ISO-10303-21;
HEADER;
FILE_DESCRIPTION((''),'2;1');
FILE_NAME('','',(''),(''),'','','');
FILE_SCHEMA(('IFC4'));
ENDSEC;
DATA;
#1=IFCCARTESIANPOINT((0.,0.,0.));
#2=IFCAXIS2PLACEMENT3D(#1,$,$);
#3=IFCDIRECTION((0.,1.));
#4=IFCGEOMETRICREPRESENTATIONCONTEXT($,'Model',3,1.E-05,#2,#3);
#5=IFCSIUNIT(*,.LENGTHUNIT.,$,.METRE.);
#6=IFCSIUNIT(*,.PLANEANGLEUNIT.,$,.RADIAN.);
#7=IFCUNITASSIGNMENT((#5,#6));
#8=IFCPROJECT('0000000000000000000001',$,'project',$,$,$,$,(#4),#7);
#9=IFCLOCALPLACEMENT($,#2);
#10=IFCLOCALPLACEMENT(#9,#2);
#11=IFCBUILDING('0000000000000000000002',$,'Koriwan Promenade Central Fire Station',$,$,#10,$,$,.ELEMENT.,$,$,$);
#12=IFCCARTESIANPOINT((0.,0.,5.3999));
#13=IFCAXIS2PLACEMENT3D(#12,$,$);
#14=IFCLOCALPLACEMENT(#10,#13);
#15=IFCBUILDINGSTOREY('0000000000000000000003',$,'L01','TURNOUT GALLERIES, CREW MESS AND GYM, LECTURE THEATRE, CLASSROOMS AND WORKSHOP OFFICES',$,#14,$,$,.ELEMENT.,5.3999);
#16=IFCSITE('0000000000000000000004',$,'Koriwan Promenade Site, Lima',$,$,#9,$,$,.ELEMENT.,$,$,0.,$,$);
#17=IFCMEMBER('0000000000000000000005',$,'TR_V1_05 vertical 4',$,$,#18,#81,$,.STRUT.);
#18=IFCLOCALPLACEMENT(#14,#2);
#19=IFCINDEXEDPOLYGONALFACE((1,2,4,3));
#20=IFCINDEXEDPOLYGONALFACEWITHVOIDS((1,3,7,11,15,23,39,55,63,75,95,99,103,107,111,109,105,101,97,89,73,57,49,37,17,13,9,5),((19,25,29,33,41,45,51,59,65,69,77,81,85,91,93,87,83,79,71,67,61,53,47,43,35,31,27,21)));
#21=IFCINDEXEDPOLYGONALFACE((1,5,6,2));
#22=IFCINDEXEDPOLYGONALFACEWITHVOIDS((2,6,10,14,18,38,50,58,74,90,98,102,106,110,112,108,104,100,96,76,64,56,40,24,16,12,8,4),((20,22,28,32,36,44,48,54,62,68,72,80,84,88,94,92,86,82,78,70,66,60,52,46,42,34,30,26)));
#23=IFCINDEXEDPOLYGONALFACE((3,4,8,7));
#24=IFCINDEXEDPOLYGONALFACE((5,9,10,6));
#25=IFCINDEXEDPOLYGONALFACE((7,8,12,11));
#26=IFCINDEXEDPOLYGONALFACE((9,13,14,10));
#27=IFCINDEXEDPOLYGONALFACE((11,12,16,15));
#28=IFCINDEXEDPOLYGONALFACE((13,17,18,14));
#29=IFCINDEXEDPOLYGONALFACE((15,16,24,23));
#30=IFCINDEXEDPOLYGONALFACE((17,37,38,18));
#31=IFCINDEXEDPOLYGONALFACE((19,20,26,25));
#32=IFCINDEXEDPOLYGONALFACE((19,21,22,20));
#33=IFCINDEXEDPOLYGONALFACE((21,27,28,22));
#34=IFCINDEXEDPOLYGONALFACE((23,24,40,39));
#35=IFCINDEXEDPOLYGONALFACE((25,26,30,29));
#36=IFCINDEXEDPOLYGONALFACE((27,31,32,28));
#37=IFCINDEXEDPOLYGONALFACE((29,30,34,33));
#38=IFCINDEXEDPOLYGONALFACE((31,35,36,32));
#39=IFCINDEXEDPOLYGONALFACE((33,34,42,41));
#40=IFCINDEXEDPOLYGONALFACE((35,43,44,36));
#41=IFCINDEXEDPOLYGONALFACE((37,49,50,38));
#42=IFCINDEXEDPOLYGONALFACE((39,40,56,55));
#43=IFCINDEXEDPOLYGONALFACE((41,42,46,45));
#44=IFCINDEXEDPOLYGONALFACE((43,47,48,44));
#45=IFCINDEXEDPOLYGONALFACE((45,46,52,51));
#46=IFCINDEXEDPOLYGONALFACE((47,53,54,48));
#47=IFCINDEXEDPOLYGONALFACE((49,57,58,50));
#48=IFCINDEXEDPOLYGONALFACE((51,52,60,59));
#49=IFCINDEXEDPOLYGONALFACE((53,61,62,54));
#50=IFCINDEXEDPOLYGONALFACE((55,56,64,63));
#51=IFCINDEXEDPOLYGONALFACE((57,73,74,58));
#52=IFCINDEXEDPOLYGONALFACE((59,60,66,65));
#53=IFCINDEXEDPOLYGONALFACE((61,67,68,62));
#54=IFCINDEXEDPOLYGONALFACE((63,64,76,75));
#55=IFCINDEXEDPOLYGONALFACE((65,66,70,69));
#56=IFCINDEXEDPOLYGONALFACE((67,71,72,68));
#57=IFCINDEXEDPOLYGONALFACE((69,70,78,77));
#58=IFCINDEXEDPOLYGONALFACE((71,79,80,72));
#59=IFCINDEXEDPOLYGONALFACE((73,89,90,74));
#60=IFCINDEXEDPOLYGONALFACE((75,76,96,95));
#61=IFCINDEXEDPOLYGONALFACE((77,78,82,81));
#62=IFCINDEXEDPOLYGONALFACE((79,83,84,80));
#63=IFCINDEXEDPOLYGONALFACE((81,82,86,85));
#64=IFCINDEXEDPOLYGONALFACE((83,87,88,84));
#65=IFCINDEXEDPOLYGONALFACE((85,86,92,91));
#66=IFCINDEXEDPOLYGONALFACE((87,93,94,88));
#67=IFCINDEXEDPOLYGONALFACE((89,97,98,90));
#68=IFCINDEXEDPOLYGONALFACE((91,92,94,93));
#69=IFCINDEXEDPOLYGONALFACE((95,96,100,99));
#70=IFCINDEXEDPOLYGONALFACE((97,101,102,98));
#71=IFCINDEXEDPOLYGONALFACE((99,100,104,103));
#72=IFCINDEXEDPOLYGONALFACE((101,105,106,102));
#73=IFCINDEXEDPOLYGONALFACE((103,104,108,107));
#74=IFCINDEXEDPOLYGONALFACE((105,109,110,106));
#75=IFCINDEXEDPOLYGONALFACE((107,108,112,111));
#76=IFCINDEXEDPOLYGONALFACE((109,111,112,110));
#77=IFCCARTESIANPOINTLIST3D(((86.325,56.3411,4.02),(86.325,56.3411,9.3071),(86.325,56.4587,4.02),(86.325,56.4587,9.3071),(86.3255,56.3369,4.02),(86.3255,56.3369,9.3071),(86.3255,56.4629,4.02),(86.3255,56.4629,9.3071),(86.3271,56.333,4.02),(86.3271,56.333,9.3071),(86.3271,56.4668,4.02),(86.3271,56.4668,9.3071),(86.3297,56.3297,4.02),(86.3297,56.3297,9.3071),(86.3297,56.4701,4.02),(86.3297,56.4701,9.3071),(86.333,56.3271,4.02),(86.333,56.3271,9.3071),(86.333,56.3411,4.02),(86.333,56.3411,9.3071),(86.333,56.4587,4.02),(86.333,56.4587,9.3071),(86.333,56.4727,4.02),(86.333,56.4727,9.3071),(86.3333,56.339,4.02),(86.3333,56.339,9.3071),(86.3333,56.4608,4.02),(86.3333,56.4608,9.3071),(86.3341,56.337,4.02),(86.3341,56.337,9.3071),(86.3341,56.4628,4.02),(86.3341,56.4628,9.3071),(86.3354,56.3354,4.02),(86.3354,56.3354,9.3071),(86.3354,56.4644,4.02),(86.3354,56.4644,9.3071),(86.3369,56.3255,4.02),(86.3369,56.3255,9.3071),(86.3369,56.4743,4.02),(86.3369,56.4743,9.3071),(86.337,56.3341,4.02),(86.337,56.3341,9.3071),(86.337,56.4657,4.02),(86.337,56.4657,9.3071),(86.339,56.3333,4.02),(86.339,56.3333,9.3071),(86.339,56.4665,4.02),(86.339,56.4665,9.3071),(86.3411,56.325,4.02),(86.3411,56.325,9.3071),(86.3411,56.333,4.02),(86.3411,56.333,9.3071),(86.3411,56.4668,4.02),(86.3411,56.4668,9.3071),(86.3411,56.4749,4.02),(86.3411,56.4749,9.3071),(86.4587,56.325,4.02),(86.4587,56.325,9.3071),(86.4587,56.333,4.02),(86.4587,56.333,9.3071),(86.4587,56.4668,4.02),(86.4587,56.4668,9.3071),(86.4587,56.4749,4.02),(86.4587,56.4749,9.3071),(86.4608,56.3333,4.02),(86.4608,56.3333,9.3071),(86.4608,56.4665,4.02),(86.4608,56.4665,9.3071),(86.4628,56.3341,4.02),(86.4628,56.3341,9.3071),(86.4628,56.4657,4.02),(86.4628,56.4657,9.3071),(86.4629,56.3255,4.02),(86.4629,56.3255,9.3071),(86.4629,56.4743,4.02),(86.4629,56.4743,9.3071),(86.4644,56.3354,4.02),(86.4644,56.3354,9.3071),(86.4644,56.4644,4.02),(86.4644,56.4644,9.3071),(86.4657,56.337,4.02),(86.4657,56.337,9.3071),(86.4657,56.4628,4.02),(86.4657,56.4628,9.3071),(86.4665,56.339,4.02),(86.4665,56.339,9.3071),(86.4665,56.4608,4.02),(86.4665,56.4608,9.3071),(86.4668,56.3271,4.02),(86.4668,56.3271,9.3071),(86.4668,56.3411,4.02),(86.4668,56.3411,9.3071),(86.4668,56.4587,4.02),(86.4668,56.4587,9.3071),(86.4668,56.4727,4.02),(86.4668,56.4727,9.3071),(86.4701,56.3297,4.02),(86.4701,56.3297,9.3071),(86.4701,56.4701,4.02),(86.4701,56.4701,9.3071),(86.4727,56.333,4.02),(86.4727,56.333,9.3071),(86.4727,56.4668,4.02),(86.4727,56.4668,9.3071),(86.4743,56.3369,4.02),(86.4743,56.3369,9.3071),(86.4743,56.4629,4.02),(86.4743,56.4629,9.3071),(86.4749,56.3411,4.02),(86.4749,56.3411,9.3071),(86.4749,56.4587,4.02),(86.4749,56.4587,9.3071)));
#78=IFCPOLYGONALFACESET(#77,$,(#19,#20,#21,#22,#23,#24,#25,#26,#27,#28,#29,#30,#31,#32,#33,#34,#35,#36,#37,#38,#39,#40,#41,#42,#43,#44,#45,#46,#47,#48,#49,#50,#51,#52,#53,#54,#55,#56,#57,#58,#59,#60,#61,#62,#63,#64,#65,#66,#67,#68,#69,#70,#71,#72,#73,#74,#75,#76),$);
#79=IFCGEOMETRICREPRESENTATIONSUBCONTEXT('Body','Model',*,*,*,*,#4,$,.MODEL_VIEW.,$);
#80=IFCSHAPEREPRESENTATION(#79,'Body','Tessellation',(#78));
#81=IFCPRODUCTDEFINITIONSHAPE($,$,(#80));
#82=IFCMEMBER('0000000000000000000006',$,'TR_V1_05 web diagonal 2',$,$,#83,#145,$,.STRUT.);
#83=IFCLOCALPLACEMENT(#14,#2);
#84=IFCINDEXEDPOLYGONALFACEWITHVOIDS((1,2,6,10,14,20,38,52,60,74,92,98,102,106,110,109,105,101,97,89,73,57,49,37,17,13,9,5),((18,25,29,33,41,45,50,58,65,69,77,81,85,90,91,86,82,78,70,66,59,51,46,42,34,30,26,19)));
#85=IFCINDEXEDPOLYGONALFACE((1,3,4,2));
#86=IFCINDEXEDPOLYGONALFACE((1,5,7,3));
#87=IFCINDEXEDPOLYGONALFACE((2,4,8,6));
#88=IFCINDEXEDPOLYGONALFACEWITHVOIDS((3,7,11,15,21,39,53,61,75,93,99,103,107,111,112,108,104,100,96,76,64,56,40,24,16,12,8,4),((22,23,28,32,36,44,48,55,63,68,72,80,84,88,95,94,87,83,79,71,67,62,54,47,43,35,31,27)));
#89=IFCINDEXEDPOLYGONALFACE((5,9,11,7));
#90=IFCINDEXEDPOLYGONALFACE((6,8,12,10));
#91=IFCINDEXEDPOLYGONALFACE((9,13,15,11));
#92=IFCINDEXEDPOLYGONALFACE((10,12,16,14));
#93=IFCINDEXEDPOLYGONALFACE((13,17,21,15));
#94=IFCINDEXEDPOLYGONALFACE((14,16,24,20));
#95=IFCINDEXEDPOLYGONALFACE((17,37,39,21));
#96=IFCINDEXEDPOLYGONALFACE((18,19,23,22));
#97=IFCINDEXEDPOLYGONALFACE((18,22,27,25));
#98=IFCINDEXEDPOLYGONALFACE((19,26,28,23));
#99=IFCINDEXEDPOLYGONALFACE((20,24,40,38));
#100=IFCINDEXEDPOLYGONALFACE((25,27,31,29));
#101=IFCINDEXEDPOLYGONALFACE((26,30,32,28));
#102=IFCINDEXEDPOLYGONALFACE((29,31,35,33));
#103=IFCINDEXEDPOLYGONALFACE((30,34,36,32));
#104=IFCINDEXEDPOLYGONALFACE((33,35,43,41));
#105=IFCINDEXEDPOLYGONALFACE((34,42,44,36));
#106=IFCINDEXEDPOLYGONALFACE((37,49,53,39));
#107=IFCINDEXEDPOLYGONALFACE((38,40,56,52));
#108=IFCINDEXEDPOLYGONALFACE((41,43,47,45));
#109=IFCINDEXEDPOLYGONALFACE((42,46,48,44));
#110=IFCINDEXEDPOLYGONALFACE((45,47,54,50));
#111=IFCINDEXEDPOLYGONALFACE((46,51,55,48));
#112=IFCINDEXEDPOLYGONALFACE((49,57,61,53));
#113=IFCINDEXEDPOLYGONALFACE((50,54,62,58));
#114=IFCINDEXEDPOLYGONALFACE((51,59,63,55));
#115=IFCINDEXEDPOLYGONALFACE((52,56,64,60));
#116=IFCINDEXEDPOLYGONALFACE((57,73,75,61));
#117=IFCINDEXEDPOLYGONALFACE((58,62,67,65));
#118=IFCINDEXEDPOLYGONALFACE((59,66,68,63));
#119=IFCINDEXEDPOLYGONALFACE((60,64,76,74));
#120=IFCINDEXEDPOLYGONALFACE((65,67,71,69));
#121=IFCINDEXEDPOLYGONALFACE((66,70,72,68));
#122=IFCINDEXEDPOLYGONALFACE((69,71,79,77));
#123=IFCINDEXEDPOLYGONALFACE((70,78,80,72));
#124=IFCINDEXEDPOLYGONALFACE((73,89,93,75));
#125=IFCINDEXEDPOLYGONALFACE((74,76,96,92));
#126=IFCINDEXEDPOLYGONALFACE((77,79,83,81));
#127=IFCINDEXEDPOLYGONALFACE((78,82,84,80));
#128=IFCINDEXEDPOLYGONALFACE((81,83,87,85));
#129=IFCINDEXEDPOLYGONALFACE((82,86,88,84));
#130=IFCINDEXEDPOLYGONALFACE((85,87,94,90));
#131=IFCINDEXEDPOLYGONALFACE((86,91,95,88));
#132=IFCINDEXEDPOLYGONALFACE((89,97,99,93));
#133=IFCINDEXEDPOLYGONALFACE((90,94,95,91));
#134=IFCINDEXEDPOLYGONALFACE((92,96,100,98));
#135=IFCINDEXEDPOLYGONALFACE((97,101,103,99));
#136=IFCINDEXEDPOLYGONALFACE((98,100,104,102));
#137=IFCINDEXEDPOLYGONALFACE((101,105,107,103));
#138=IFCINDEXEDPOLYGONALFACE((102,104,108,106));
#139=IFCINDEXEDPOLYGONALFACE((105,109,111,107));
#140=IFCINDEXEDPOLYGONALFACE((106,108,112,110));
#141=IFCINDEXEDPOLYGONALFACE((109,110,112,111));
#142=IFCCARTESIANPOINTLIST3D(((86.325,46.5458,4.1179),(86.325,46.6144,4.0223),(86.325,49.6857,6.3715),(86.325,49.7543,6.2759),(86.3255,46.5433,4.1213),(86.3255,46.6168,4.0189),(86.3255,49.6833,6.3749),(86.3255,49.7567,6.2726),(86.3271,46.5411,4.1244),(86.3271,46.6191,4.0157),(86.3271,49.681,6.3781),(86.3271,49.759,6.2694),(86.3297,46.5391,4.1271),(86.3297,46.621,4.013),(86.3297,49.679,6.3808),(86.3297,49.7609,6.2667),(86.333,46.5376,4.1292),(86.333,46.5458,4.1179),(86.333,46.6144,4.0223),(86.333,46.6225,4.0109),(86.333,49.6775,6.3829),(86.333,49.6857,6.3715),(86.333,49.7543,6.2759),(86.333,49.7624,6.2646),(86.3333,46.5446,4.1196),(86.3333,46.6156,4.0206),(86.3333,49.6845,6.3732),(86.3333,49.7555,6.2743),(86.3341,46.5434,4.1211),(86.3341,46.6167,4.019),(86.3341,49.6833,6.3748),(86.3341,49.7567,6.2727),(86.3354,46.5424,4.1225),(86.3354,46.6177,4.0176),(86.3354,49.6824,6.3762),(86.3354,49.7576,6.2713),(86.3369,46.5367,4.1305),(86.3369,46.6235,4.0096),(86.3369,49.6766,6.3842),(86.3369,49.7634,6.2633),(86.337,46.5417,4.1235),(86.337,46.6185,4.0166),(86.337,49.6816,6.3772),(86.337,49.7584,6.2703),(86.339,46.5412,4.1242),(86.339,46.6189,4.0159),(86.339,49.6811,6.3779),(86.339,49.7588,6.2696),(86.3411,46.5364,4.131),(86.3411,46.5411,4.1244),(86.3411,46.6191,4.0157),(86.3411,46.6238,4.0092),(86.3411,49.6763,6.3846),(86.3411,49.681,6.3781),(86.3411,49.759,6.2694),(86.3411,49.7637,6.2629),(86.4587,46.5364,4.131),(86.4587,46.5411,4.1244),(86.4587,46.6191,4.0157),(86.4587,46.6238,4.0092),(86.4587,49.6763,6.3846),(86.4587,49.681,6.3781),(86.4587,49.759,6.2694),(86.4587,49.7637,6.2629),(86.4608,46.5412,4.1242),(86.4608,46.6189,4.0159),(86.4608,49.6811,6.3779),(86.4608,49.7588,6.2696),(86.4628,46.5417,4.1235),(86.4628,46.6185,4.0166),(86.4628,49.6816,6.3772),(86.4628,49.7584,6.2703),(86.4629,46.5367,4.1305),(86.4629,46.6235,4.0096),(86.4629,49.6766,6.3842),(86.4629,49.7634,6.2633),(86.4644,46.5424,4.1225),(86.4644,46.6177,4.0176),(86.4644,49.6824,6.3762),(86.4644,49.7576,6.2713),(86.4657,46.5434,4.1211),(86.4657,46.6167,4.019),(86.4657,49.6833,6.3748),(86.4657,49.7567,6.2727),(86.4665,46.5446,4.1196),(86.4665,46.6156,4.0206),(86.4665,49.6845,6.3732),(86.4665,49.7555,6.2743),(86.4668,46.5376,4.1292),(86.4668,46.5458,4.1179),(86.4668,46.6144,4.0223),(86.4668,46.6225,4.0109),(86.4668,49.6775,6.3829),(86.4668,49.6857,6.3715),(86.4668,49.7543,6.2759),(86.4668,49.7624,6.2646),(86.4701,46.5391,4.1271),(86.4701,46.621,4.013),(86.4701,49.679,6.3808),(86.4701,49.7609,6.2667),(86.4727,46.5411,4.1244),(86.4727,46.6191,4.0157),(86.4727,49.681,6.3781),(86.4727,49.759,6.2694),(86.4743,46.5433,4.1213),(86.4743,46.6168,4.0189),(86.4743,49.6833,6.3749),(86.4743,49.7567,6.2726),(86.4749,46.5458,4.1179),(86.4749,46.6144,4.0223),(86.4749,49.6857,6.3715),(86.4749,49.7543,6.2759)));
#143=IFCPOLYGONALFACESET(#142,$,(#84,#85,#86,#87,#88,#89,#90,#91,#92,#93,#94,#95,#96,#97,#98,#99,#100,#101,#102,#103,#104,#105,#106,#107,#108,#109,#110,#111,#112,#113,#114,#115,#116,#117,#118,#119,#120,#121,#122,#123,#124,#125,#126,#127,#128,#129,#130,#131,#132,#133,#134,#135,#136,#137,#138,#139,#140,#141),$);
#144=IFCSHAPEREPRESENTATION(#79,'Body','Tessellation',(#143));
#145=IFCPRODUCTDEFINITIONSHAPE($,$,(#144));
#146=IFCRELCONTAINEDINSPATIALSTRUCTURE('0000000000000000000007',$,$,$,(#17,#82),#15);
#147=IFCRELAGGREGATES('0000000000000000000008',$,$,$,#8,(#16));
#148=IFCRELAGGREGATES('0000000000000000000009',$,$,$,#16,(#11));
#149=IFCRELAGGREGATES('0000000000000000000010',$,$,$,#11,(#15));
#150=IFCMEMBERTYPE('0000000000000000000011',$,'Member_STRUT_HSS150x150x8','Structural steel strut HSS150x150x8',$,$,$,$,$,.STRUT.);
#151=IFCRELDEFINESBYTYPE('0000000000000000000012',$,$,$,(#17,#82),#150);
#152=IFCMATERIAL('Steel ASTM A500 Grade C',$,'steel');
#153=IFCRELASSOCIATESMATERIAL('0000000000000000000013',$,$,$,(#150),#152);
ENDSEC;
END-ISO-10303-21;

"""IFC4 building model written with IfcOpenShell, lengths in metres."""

from ifc_helpers import new_model, si_unit, direction, frame, origin, origin_2d, place, context, subcontext, project, spatial, hollow_rectangle, extrude, material, material_profile, profile_set, type_object, element, save


model = new_model("IFC4")

# Units and contexts
model_context = context("Model", 3, precision=1e-05, world=origin(), true_north=direction((0.0, 1.0)))
body_context = subcontext(model_context, "Body", "Model", "MODEL_VIEW")
ifc_project = project(units=[si_unit("LENGTHUNIT", "METRE"), si_unit("PLANEANGLEUNIT", "RADIAN")], contexts=[model_context])

# Site, building, storey
site_placement = place(None, origin())
site = spatial("IfcSite", under=ifc_project, at=site_placement, Name="Koriwan Promenade Site, Lima", CompositionType="ELEMENT", RefElevation=0.0)
building_placement = place(site_placement, origin())
building = spatial("IfcBuilding", under=site, at=building_placement, Name="Koriwan Promenade Central Fire Station", CompositionType="ELEMENT")
storey_placement = place(building_placement, frame((0.0, 0.0, 5.3999)))
storey = spatial("IfcBuildingStorey", under=building, at=storey_placement, Name="L01", Description="TURNOUT GALLERIES, CREW MESS AND GYM, LECTURE THEATRE, CLASSROOMS AND WORKSHOP OFFICES", CompositionType="ELEMENT", Elevation=5.3999)

# Members
ifc_material_1 = material(Name="Steel ASTM A500 Grade C", Category="steel")
ifc_material_profile_1 = material_profile(ifc_material_1, hollow_rectangle(XDim=0.1499, YDim=0.1499, WallThickness=0.0081, InnerFilletRadius=0.0081, OuterFilletRadius=0.0161, at=origin_2d()), Name="HSS150x150x8")
ifc_profile_set_1 = profile_set([ifc_material_profile_1], Name="Steel ASTM A500 Grade C")
member_type_1 = type_object("IfcMemberType", Name="Member_STRUT_HSS150x150x8", Description="Structural steel strut HSS150x150x8", PredefinedType="STRUT", material=ifc_profile_set_1)
member_1_placement = place(storey_placement, frame((86.3999, 56.3999, 4.02), z_axis=(0.0, 0.0, 1.0), x_axis=(1.0, 0.0, 0.0)))
element("IfcMember", 1, at=member_1_placement, inside=storey, type_object=member_type_1, Name="TR_V1_05 vertical 4", PredefinedType="STRUT", context=body_context, shape_type="SweptSolid", body=[
    extrude(hollow_rectangle(XDim=0.1499, YDim=0.1499, WallThickness=0.0081, InnerFilletRadius=0.0081, OuterFilletRadius=0.0161, at=origin_2d()), origin(), (0.0, 0.0, 1.0), 5.2871),
])
member_2_placement = place(storey_placement, frame((86.3999, 46.5801, 4.0701), z_axis=(0.0, 0.8124, 0.583101), x_axis=(-1.0, 0.0, 0.0)))
element("IfcMember", 2, at=member_2_placement, inside=storey, type_object=member_type_1, Name="TR_V1_05 web diagonal 2", PredefinedType="STRUT", context=body_context, shape_type="SweptSolid", body=[
    extrude(hollow_rectangle(XDim=0.1499, YDim=0.1499, WallThickness=0.0081, InnerFilletRadius=0.0081, OuterFilletRadius=0.0161, at=origin_2d()), origin(), (0.0, 0.0, 1.0), 3.865),
])

save(model, "model.ifc")
